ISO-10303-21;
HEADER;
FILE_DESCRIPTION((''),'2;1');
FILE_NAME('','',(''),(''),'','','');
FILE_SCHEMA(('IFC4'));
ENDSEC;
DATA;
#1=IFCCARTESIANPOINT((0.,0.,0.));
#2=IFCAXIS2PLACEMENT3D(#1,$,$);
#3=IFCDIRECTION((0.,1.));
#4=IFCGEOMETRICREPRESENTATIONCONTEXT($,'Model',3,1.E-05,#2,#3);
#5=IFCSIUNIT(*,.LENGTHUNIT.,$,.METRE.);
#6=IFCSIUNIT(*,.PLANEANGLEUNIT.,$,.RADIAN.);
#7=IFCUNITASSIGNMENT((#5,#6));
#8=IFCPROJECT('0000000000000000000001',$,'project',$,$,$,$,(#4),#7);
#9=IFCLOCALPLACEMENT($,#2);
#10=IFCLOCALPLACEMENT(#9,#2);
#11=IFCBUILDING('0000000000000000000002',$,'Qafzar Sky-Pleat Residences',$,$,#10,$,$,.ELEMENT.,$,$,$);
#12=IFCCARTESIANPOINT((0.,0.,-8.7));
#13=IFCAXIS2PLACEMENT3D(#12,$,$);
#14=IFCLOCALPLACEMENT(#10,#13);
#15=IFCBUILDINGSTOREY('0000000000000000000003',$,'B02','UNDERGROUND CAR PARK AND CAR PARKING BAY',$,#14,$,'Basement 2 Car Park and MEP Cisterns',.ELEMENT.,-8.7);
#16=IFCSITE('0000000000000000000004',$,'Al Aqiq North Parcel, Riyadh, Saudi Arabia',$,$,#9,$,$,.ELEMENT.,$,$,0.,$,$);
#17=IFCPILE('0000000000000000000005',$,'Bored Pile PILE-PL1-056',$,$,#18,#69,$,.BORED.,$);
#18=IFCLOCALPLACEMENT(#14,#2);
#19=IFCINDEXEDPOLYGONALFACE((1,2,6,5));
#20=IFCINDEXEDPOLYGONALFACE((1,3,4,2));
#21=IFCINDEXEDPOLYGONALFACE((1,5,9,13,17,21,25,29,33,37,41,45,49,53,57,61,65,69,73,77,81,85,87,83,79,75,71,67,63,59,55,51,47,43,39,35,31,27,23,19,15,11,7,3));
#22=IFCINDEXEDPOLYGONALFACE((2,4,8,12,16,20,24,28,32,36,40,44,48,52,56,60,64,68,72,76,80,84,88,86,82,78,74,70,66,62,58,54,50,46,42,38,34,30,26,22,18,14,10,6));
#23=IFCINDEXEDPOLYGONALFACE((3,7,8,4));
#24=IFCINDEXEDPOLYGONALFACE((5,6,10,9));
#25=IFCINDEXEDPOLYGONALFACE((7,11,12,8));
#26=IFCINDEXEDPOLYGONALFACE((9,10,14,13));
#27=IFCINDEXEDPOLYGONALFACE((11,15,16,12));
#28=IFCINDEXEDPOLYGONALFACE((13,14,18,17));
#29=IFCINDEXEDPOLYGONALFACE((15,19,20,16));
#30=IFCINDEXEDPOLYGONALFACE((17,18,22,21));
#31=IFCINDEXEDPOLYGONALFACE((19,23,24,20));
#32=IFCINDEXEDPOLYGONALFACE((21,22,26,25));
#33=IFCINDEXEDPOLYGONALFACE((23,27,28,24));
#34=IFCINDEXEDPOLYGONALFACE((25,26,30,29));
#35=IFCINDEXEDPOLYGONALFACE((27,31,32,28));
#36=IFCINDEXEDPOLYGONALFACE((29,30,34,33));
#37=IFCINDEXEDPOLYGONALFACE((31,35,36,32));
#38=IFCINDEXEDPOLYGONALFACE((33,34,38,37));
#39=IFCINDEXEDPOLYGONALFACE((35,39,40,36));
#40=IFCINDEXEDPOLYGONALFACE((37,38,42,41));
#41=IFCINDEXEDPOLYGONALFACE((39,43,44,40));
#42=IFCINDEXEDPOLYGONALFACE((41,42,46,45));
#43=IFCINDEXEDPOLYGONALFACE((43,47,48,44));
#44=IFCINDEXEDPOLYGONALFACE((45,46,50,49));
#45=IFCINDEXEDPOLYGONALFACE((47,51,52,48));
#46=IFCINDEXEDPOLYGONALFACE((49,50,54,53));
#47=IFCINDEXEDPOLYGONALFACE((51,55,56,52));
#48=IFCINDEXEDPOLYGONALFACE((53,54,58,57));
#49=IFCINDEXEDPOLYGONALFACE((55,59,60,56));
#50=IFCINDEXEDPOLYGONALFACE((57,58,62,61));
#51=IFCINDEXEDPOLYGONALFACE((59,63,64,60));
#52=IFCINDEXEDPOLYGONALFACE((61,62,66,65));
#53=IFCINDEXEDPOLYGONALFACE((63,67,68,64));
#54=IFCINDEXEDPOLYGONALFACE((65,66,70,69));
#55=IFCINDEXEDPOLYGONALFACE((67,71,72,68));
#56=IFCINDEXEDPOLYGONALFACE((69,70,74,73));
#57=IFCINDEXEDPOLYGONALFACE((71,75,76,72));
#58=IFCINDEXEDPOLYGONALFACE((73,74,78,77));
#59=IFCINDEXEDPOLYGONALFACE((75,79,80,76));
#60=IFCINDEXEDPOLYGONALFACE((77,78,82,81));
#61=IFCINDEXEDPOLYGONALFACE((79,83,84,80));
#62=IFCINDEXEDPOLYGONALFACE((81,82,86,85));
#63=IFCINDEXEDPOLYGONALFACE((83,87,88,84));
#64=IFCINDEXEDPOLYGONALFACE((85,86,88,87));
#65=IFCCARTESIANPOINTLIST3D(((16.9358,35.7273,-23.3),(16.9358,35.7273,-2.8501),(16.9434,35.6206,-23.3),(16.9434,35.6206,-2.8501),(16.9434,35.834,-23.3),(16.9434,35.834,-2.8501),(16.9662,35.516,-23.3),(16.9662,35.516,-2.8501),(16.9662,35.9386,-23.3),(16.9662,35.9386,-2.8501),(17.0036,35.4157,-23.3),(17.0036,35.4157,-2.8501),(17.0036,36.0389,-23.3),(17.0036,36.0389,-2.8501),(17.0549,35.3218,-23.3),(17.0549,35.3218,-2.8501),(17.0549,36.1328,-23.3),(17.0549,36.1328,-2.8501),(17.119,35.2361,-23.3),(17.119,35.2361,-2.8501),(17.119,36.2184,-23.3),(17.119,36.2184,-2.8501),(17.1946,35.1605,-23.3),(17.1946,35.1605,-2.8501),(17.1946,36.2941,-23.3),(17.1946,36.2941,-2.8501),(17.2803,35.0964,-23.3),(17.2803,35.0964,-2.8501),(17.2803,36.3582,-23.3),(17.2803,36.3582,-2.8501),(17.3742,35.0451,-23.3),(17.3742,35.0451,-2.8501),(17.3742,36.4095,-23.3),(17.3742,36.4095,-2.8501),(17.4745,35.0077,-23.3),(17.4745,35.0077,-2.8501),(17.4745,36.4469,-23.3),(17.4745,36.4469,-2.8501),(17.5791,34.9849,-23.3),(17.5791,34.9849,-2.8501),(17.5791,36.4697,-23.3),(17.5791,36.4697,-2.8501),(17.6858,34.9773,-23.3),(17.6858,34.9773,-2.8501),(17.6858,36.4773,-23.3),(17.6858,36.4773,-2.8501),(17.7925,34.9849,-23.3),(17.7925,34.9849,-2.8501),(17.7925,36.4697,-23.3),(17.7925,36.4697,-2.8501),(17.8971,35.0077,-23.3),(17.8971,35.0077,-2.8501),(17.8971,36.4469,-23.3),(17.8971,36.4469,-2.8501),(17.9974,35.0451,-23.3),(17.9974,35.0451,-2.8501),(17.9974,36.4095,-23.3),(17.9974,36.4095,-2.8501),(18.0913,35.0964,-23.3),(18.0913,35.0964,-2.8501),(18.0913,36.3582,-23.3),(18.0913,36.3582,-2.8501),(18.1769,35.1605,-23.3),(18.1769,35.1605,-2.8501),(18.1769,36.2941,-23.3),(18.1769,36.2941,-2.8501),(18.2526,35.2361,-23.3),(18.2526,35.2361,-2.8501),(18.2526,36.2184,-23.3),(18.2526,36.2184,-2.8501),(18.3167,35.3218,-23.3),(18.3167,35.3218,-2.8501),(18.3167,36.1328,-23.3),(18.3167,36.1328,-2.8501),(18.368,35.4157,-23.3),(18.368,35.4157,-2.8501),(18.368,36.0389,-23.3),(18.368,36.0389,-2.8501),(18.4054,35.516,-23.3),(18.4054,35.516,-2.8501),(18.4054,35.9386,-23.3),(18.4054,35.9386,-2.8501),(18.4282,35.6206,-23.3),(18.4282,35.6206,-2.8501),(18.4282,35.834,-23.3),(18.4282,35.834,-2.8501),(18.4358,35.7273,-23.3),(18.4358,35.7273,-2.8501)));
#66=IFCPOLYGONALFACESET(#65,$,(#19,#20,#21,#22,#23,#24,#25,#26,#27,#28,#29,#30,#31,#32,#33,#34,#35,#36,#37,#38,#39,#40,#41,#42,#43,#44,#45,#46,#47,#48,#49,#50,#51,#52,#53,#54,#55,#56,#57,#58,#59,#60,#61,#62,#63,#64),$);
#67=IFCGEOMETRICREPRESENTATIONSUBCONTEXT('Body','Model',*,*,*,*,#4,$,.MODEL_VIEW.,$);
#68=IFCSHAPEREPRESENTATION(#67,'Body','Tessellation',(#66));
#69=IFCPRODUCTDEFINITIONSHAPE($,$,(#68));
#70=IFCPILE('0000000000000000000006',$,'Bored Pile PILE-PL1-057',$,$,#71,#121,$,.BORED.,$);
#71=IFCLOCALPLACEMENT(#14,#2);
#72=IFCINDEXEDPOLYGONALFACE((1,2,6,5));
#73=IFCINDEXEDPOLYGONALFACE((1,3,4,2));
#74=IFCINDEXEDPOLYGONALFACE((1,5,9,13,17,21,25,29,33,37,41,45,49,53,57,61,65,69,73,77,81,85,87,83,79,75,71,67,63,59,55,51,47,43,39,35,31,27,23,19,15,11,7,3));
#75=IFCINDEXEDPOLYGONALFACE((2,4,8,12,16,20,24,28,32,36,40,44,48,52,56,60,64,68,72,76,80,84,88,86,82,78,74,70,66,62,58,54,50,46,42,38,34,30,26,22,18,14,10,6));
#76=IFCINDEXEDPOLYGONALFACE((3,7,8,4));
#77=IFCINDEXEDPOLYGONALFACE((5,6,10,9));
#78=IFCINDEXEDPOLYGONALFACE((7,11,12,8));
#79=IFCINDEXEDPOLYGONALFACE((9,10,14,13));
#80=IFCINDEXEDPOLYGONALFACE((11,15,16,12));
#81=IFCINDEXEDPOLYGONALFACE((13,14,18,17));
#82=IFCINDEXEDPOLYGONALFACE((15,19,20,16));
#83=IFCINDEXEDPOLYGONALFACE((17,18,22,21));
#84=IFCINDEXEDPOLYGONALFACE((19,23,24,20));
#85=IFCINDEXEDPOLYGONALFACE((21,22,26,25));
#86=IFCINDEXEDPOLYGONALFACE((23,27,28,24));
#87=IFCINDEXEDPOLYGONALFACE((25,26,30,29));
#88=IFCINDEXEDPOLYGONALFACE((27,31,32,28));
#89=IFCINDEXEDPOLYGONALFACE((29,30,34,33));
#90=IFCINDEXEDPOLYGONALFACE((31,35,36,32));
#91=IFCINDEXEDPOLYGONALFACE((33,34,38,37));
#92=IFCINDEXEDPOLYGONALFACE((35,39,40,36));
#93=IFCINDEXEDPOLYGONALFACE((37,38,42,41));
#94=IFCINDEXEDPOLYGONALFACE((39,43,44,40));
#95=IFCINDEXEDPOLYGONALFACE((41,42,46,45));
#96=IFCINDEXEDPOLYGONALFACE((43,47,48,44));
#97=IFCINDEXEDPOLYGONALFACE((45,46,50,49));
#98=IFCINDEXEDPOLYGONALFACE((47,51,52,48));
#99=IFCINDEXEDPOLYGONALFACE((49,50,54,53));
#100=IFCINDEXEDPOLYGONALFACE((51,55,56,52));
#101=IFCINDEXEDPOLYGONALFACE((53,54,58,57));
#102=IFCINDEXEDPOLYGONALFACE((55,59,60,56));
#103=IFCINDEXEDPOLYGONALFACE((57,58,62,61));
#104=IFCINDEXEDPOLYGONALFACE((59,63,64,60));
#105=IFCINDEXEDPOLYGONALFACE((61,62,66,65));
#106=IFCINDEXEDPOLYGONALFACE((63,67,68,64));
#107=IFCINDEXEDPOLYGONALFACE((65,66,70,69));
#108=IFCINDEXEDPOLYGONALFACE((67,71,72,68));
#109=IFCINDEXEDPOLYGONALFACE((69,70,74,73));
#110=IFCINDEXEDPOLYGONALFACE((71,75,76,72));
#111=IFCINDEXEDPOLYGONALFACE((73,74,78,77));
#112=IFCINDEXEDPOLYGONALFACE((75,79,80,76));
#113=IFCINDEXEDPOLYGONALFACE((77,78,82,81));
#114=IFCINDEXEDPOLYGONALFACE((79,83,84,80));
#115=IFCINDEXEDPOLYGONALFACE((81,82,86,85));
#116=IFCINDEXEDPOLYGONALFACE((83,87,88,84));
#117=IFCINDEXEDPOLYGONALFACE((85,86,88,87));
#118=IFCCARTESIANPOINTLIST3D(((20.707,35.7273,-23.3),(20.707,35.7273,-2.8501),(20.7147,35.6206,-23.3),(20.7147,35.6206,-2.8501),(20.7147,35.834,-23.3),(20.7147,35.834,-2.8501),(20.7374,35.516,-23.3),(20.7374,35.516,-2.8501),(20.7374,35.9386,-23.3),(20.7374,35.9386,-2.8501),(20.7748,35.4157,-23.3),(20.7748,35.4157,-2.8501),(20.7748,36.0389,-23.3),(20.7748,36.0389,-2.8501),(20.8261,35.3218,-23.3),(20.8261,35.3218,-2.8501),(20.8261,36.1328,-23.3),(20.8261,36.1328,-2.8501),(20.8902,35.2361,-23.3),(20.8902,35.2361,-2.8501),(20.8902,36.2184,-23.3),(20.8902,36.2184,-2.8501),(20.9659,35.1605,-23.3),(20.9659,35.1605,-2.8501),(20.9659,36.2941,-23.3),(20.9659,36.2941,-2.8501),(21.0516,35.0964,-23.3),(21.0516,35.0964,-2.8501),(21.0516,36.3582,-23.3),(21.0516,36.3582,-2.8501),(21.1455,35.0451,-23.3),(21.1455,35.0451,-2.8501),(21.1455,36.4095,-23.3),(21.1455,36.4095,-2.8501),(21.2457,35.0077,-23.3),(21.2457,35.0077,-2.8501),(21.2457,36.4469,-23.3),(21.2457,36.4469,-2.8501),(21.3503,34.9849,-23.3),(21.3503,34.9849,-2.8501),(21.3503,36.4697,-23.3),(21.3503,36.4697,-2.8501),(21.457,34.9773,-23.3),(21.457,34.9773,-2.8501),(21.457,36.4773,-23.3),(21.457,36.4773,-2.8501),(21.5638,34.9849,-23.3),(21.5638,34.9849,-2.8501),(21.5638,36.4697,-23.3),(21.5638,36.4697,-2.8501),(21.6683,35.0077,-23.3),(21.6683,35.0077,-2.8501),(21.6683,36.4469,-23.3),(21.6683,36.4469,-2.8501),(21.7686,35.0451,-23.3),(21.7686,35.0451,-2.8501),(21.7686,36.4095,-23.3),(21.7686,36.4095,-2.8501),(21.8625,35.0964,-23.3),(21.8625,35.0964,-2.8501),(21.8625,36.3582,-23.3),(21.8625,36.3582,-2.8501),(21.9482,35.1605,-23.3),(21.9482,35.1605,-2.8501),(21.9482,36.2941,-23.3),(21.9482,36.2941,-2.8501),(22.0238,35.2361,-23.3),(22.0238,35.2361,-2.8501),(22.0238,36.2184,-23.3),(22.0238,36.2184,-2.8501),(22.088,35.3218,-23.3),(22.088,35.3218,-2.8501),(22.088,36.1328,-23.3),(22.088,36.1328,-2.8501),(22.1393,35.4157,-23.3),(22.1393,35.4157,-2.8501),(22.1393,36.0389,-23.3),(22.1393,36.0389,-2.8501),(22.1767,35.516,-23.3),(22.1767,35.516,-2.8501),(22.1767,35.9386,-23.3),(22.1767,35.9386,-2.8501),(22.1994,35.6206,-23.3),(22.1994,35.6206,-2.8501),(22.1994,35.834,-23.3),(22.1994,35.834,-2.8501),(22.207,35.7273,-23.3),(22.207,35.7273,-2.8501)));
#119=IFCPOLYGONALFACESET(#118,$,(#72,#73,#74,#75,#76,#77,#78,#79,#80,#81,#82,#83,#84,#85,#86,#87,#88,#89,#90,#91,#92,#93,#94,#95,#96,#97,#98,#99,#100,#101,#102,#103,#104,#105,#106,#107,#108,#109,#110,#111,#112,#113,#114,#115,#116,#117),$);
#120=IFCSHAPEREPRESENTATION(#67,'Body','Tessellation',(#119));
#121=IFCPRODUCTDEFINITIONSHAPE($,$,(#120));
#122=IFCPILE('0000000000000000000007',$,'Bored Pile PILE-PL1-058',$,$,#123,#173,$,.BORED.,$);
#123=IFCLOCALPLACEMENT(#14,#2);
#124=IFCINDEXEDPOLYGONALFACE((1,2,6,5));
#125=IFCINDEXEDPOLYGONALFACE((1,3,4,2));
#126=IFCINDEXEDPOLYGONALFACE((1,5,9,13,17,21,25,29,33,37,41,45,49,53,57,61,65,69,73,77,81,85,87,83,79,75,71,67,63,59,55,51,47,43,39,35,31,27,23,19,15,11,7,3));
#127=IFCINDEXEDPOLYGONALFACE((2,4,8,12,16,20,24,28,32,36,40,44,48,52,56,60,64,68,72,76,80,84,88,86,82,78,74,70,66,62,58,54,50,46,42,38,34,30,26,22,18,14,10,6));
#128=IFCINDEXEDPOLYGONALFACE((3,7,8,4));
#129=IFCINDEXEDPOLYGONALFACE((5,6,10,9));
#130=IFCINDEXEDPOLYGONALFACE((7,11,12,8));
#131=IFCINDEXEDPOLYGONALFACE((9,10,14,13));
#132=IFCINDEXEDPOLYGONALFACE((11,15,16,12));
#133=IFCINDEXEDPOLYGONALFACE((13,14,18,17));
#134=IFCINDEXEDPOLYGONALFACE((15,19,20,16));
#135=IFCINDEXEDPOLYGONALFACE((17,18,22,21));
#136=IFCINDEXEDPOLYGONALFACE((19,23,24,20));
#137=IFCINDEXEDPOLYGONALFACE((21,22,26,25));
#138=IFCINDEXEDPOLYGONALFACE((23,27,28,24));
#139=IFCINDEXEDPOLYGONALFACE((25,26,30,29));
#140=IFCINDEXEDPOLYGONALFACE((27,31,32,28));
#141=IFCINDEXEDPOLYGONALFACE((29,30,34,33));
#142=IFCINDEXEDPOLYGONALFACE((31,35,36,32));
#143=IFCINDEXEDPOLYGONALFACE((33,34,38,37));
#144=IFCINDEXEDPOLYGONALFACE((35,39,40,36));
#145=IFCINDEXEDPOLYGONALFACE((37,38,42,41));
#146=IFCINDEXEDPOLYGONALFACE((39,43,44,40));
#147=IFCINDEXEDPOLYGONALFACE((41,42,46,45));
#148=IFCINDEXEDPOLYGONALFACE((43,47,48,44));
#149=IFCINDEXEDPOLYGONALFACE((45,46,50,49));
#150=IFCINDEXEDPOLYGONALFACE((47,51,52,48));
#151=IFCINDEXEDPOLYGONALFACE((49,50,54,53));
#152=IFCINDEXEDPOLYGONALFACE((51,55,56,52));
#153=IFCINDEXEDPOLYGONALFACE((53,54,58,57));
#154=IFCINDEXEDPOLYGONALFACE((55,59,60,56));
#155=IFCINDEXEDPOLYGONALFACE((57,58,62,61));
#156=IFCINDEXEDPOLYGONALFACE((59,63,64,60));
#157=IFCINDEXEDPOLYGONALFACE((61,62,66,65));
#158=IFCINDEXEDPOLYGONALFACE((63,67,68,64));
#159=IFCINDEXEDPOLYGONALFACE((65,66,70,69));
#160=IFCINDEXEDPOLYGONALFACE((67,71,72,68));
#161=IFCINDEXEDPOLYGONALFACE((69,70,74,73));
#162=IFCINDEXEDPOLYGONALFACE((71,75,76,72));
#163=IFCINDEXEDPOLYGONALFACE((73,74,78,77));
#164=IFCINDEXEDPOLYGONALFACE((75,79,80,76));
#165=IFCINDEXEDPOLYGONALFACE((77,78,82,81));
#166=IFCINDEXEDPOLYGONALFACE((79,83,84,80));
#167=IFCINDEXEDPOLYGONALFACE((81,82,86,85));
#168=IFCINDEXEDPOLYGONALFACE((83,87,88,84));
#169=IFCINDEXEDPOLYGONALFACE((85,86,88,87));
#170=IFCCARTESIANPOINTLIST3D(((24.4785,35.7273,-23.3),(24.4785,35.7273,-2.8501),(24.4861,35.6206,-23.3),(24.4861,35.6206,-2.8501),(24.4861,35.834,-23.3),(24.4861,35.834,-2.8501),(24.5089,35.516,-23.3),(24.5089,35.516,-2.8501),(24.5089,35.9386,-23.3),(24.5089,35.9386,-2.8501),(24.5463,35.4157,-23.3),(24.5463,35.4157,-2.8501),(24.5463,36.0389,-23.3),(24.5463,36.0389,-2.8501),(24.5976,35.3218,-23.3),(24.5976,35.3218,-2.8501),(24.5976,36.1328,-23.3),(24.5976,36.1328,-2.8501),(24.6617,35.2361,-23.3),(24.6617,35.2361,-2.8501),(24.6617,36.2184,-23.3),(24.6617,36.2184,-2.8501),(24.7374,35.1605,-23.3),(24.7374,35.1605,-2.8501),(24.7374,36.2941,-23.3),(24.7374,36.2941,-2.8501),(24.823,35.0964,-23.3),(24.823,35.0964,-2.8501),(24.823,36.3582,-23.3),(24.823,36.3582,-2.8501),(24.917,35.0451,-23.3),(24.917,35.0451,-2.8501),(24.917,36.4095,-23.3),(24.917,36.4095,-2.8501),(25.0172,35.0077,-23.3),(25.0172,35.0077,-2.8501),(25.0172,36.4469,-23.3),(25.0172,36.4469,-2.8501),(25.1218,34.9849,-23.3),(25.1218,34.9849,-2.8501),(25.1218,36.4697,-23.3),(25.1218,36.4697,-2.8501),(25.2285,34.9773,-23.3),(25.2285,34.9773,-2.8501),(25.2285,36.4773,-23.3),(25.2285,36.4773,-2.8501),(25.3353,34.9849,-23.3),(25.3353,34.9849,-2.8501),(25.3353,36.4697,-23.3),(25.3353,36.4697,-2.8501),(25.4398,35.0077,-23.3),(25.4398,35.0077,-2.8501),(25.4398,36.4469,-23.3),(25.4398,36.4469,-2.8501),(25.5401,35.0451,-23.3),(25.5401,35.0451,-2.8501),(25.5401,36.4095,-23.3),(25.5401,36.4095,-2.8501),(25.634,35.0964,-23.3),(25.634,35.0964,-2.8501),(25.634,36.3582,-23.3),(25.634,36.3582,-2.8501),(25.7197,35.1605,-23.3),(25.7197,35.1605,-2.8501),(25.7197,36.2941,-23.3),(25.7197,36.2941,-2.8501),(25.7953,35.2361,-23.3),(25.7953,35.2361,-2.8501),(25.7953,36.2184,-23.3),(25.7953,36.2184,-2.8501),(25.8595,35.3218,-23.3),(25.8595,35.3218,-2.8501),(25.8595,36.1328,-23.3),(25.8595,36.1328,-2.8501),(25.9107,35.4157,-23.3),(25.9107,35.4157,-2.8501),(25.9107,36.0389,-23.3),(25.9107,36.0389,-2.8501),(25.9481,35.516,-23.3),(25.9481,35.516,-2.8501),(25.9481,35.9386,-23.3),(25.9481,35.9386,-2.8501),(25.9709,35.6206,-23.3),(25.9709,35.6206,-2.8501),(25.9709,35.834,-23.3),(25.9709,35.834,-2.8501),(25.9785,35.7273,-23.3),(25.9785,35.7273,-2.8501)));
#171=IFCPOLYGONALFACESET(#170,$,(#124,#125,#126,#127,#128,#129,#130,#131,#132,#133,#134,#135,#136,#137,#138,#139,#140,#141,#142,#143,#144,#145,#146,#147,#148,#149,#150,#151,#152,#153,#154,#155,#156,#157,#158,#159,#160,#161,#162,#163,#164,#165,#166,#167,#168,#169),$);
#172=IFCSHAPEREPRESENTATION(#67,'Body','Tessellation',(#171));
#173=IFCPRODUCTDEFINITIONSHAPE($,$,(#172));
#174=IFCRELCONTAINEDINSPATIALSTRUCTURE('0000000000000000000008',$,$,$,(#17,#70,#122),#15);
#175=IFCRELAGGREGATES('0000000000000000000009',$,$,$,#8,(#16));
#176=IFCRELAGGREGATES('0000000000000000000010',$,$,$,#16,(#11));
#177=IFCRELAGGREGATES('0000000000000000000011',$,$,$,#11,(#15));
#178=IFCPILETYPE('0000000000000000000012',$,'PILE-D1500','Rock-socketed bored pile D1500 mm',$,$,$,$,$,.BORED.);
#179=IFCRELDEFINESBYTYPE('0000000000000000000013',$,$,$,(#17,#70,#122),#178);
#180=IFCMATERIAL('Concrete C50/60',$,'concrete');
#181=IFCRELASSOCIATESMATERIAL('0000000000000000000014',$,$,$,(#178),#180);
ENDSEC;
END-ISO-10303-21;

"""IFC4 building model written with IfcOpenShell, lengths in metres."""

from ifc_helpers import new_model, si_unit, direction, frame, origin, origin_2d, place, context, subcontext, project, spatial, circle, extrude, source, transform, mapped, material, material_profile, profile_set, type_object, element, save


model = new_model("IFC4")

# Units and contexts
model_context = context("Model", 3, precision=1e-05, world=origin(), true_north=direction((0.0, 1.0)))
body_context = subcontext(model_context, "Body", "Model", "MODEL_VIEW")
ifc_project = project(units=[si_unit("LENGTHUNIT", "METRE"), si_unit("PLANEANGLEUNIT", "RADIAN")], contexts=[model_context])

# Site, building, storey
site_placement = place(None, origin())
site = spatial("IfcSite", under=ifc_project, at=site_placement, Name="Al Aqiq North Parcel, Riyadh, Saudi Arabia", CompositionType="ELEMENT", RefElevation=0.0)
building_placement = place(site_placement, origin())
building = spatial("IfcBuilding", under=site, at=building_placement, Name="Qafzar Sky-Pleat Residences", CompositionType="ELEMENT")
storey_placement = place(building_placement, frame((0.0, 0.0, -8.7)))
storey = spatial("IfcBuildingStorey", under=building, at=storey_placement, Name="B02", Description="UNDERGROUND CAR PARK AND CAR PARKING BAY", LongName="Basement 2 Car Park and MEP Cisterns", CompositionType="ELEMENT", Elevation=-8.7)

# Piles
ifc_material_1 = material(Name="Concrete C50/60", Category="concrete")
ifc_material_profile_1 = material_profile(ifc_material_1, circle(Radius=0.75, at=origin_2d()), Name="PILE D1500")
ifc_profile_set_1 = profile_set([ifc_material_profile_1], Name="Concrete C50/60")
pile_type = type_object("IfcPileType", Name="PILE-D1500", Description="Rock-socketed bored pile D1500 mm", PredefinedType="BORED", material=ifc_profile_set_1)
shared_shape_1 = source(origin(), body_context, "Body", "SweptSolid", [
    extrude(circle(Radius=0.75, at=origin_2d()), origin(), (0.0, 0.0, 1.0), 20.45),
])
for number, where, z_axis, x_axis, name in (
    (1, (17.6858, 35.7273, -2.8501), (0.0, 0.0, -1.0), (1.0, 0.0, 0.0), "Bored Pile PILE-PL1-056"),
    (2, (21.457, 35.7273, -2.8501), (0.0, 0.0, -1.0), (1.0, 0.0, 0.0), "Bored Pile PILE-PL1-057"),
    (3, (25.2285, 35.7273, -2.8501), (0.0, 0.0, -1.0), (1.0, 0.0, 0.0), "Bored Pile PILE-PL1-058"),
):
    element("IfcPile", number, at=place(storey_placement, frame(where, z_axis=z_axis, x_axis=x_axis)), inside=storey, type_object=pile_type, Name=name, PredefinedType="BORED", context=body_context, shape_type="MappedRepresentation", body=[
        mapped(shared_shape_1, transform((0.0, 0.0, 0.0), x_axis=(1.0, 0.0, 0.0), y_axis=(0.0, 1.0, 0.0), z_axis=(0.0, 0.0, 1.0), scale=1.0)),
    ])

save(model, "model.ifc")
